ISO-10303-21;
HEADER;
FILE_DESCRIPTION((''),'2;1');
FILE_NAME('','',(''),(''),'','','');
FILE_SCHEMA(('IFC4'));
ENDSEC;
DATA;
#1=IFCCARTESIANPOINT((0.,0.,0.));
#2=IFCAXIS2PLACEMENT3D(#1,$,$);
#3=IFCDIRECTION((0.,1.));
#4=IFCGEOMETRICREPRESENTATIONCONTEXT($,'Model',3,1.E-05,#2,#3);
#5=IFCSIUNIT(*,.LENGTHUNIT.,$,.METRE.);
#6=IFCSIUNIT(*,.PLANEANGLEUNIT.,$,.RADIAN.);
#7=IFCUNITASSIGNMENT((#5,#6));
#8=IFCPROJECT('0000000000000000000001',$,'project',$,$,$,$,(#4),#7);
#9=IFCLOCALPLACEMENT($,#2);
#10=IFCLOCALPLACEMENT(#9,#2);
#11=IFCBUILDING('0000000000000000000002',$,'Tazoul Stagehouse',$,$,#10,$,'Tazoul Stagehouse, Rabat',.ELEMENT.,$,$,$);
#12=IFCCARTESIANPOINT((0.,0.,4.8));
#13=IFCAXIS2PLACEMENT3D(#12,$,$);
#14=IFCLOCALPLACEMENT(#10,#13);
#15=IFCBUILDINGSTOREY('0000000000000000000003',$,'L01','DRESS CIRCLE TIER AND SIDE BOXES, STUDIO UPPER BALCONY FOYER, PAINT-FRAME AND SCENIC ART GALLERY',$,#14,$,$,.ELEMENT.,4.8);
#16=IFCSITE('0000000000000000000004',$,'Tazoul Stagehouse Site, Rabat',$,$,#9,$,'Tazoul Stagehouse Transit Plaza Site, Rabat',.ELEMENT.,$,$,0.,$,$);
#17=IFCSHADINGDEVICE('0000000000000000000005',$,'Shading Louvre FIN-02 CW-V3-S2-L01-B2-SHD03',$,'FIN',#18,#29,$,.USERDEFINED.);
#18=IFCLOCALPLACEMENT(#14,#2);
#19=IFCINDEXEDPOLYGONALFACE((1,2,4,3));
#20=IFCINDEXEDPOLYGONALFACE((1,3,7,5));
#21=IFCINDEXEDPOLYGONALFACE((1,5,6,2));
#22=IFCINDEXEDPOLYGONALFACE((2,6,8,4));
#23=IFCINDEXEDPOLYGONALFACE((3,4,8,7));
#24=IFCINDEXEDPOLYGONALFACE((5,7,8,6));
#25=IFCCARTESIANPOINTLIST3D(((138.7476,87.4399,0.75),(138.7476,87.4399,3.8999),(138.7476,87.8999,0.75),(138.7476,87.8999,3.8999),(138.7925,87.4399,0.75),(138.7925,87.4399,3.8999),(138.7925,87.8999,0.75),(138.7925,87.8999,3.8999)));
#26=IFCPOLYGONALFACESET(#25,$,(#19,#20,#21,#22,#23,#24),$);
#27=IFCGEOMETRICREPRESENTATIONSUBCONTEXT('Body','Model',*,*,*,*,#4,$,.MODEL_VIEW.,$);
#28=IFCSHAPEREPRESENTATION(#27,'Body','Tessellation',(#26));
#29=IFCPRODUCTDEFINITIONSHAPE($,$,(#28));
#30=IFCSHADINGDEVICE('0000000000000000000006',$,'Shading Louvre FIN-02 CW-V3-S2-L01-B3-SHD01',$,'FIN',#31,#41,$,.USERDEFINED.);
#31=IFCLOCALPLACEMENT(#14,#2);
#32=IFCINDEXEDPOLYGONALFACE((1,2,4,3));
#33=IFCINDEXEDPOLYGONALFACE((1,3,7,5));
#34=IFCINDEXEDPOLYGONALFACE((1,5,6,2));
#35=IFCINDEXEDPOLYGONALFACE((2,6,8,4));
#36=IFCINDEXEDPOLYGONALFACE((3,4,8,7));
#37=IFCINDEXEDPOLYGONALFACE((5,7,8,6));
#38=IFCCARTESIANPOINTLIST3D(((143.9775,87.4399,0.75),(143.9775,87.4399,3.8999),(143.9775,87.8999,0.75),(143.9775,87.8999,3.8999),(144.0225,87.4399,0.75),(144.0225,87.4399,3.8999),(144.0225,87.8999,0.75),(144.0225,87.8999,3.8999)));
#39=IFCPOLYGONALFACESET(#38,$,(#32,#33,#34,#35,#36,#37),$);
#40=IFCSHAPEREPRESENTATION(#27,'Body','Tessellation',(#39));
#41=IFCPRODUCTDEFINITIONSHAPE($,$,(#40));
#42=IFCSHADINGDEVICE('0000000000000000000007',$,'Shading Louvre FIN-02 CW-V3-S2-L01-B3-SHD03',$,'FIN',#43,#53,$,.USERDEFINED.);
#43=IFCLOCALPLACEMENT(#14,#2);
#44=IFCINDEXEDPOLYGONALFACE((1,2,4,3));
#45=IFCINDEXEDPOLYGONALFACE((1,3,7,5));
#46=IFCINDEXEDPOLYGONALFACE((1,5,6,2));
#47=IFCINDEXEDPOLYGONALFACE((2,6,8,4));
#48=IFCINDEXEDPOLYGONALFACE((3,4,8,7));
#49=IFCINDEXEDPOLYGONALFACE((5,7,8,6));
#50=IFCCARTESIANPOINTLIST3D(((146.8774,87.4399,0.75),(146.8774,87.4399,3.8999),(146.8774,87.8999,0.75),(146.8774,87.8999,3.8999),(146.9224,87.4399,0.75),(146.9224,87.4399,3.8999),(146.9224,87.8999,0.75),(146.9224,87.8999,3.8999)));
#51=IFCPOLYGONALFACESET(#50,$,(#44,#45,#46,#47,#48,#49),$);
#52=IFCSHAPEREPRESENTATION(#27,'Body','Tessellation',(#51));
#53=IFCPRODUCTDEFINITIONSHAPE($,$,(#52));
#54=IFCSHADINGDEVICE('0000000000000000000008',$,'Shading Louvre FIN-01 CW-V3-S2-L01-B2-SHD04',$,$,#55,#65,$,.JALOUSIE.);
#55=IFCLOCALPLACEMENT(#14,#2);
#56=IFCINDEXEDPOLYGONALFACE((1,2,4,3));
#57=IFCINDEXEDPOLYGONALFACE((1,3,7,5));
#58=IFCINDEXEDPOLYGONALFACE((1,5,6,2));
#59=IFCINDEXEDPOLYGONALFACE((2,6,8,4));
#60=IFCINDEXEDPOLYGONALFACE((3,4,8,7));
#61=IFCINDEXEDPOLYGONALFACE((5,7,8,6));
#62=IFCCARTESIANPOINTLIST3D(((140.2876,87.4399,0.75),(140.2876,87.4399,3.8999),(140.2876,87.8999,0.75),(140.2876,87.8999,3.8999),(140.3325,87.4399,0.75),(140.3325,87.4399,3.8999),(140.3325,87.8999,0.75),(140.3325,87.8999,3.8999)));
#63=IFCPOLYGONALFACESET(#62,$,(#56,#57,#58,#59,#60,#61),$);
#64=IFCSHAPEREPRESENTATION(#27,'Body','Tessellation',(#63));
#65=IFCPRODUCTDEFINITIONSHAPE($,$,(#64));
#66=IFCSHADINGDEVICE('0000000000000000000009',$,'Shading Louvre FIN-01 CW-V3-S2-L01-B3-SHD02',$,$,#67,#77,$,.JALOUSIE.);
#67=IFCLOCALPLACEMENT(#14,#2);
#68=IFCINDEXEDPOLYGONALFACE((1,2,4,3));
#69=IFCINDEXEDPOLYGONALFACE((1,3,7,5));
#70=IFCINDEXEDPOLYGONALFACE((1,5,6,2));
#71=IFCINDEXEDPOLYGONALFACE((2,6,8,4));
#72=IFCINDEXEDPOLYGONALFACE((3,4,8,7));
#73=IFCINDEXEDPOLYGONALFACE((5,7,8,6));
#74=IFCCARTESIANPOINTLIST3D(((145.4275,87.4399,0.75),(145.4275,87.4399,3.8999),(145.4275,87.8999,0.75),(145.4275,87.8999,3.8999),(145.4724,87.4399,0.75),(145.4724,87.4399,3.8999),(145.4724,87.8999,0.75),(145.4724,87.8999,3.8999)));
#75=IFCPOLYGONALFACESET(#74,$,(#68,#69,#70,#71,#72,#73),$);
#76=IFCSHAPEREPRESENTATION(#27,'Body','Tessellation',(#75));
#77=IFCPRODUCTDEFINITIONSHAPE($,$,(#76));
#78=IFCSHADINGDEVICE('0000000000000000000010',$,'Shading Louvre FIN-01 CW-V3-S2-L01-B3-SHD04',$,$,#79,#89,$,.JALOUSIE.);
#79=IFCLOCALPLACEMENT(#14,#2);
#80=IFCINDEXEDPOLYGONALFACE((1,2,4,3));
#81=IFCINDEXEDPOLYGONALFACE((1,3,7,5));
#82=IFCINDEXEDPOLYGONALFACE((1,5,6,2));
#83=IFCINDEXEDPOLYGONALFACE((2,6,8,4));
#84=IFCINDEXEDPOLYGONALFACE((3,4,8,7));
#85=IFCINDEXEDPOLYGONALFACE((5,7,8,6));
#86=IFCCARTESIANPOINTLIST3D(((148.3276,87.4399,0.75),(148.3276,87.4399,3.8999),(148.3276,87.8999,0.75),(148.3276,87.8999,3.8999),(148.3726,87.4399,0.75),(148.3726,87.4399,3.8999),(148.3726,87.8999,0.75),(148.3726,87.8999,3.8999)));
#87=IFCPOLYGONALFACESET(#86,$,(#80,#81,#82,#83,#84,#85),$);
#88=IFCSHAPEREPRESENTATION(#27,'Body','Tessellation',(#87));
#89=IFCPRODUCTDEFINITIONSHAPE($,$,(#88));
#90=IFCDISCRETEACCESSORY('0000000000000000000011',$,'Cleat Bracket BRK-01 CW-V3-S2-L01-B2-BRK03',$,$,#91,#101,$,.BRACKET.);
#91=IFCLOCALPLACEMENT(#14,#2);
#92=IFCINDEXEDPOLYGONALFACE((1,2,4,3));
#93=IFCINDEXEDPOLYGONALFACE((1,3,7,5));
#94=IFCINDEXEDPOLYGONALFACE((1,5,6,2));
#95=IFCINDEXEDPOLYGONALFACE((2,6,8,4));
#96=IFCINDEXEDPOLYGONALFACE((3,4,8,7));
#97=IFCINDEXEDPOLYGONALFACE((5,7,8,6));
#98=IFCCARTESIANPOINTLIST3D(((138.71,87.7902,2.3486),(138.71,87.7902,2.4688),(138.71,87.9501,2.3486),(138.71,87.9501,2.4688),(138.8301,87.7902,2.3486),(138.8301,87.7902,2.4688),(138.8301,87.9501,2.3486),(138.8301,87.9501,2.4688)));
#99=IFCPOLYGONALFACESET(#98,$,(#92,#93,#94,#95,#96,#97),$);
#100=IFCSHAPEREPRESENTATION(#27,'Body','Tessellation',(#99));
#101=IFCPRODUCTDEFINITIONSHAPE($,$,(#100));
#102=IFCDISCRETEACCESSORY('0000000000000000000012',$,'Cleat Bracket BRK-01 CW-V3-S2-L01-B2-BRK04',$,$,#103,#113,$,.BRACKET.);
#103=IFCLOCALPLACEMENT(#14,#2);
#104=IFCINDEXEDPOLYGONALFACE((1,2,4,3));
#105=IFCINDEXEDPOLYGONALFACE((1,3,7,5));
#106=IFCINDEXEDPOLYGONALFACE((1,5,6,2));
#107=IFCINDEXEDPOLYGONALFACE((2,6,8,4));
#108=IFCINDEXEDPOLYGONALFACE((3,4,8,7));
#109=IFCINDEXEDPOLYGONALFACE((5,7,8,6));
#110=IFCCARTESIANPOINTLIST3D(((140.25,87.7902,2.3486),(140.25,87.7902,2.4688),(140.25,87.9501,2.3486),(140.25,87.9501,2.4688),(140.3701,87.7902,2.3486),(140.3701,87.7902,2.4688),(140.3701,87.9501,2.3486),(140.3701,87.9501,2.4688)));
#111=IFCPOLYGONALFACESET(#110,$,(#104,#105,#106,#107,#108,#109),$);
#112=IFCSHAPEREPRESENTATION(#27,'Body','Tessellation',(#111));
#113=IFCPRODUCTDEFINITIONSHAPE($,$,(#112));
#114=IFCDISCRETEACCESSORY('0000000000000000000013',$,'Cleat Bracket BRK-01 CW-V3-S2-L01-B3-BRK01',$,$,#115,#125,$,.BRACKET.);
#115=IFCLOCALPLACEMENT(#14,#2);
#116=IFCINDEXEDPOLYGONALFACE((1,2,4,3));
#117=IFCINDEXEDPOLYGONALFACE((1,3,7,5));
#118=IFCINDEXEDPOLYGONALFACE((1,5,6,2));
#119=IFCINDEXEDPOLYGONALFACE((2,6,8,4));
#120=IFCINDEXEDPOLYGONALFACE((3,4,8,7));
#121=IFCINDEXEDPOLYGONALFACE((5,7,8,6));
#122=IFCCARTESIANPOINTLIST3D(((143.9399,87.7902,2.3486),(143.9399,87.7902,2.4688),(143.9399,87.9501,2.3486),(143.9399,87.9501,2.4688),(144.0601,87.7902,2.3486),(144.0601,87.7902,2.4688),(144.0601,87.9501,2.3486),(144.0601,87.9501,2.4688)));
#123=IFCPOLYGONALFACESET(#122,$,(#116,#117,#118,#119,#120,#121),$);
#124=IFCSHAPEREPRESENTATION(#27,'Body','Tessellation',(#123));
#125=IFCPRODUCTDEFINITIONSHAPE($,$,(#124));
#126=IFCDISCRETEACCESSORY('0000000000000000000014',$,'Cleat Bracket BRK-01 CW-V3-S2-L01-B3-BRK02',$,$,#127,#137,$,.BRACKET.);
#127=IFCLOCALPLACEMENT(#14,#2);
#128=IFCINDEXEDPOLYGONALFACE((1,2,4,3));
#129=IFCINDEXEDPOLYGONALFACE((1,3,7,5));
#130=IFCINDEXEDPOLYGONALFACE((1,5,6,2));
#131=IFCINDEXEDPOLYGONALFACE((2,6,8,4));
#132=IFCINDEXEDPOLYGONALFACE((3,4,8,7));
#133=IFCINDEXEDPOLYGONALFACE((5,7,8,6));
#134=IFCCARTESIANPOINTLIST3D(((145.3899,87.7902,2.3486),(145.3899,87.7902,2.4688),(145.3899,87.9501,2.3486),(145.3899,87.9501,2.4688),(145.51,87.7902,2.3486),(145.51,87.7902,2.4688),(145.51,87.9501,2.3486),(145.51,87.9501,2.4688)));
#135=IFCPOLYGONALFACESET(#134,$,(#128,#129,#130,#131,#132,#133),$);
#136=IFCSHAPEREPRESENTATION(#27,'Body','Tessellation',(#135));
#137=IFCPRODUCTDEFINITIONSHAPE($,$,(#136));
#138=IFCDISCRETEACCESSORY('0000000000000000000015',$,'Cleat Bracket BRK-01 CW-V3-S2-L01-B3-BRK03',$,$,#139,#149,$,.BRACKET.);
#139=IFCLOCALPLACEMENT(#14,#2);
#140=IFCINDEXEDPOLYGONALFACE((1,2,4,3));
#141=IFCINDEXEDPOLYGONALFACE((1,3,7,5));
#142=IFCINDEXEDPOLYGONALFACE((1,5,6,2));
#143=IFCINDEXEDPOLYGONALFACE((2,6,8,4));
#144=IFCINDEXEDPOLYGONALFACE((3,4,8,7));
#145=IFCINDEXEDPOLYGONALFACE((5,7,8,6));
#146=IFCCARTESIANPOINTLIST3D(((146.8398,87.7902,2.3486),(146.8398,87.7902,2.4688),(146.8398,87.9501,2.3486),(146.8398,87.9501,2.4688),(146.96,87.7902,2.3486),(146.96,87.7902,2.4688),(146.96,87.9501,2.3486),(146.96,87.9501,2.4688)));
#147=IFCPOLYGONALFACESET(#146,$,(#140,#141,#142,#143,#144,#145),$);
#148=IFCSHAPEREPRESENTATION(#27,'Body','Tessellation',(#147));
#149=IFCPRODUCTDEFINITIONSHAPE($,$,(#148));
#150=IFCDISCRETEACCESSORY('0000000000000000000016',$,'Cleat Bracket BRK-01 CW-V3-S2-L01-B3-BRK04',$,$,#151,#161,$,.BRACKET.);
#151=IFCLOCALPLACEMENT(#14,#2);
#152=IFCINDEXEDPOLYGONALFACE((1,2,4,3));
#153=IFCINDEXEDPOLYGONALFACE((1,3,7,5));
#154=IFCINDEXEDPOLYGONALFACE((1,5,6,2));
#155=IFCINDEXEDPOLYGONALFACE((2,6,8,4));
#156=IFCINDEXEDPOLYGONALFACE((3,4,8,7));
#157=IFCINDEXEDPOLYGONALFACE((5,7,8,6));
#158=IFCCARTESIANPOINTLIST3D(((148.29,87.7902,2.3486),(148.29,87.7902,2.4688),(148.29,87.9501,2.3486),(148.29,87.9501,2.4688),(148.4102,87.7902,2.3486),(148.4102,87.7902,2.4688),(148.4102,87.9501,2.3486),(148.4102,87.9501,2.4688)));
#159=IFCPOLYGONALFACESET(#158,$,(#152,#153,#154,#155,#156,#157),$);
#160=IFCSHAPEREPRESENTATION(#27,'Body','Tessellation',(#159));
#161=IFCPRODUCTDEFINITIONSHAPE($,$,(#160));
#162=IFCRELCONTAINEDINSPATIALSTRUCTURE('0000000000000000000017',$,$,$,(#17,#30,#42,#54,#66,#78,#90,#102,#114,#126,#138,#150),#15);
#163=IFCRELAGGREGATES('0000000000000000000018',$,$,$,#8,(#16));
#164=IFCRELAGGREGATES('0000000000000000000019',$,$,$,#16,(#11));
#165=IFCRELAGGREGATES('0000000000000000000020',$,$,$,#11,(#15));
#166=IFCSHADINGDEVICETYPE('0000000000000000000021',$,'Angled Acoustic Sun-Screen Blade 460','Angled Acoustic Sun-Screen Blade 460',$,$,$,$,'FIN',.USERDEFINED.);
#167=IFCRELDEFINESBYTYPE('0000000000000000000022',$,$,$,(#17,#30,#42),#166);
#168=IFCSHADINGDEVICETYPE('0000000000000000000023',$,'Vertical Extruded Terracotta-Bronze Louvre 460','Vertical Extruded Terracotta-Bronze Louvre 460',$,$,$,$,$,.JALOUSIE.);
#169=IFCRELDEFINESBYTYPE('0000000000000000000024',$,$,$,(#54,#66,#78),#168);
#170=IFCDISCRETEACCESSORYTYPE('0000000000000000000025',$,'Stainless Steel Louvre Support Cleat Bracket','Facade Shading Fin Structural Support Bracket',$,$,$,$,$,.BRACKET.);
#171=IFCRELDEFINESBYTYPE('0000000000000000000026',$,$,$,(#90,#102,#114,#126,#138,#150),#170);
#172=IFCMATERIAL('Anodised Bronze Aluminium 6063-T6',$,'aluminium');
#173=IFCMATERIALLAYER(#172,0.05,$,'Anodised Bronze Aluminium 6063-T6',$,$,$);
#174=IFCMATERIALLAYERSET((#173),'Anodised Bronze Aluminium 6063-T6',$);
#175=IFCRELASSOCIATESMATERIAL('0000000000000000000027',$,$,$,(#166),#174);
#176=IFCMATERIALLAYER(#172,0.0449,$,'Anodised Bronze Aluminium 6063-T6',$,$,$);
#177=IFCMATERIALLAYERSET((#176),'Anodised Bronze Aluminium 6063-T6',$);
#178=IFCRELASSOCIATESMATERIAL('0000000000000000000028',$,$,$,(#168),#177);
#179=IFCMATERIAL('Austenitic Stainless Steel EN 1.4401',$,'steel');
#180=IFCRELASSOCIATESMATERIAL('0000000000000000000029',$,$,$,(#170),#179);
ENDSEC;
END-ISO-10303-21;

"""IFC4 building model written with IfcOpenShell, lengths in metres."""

from ifc_helpers import new_model, si_unit, direction, frame, origin, origin_2d, place, context, subcontext, project, spatial, rectangle, extrude, material, layer, layer_set, type_object, element, save


model = new_model("IFC4")

# Units and contexts
model_context = context("Model", 3, precision=1e-05, world=origin(), true_north=direction((0.0, 1.0)))
body_context = subcontext(model_context, "Body", "Model", "MODEL_VIEW")
ifc_project = project(units=[si_unit("LENGTHUNIT", "METRE"), si_unit("PLANEANGLEUNIT", "RADIAN")], contexts=[model_context])

# Site, building, storey
site_placement = place(None, origin())
site = spatial("IfcSite", under=ifc_project, at=site_placement, Name="Tazoul Stagehouse Site, Rabat", LongName="Tazoul Stagehouse Transit Plaza Site, Rabat", CompositionType="ELEMENT", RefElevation=0.0)
building_placement = place(site_placement, origin())
building = spatial("IfcBuilding", under=site, at=building_placement, Name="Tazoul Stagehouse", LongName="Tazoul Stagehouse, Rabat", CompositionType="ELEMENT")
storey_placement = place(building_placement, frame((0.0, 0.0, 4.8)))
storey = spatial("IfcBuildingStorey", under=building, at=storey_placement, Name="L01", Description="DRESS CIRCLE TIER AND SIDE BOXES, STUDIO UPPER BALCONY FOYER, PAINT-FRAME AND SCENIC ART GALLERY", CompositionType="ELEMENT", Elevation=4.8)

# Shared definitions
ifc_material_1 = material(Name="Anodised Bronze Aluminium 6063-T6", Category="aluminium")

# Shading devices
ifc_layer_1 = layer(ifc_material_1, 0.05, Name="Anodised Bronze Aluminium 6063-T6")
ifc_layer_set_1 = layer_set([ifc_layer_1], Name="Anodised Bronze Aluminium 6063-T6")
shading_device_type_1 = type_object("IfcShadingDeviceType", Name="Angled Acoustic Sun-Screen Blade 460", Description="Angled Acoustic Sun-Screen Blade 460", ElementType="FIN", PredefinedType="USERDEFINED", material=ifc_layer_set_1)
for number, where, z_axis, x_axis, name in (
    (1, (138.77, 87.6699, 0.75), (0.0, 0.0, 1.0), (1.0, 0.0, 0.0), "Shading Louvre FIN-02 CW-V3-S2-L01-B2-SHD03"),
    (2, (144.0, 87.6699, 0.75), (0.0, 0.0, 1.0), (1.0, 0.0, 0.0), "Shading Louvre FIN-02 CW-V3-S2-L01-B3-SHD01"),
    (3, (146.8999, 87.6699, 0.75), (0.0, 0.0, 1.0), (1.0, 0.0, 0.0), "Shading Louvre FIN-02 CW-V3-S2-L01-B3-SHD03"),
):
    element("IfcShadingDevice", number, at=place(storey_placement, frame(where, z_axis=z_axis, x_axis=x_axis)), inside=storey, type_object=shading_device_type_1, Name=name, ObjectType="FIN", PredefinedType="USERDEFINED", context=body_context, shape_type="SweptSolid", body=[
        extrude(rectangle(XDim=0.0449, YDim=0.46, at=origin_2d()), origin(), (0.0, 0.0, 1.0), 3.1499),
    ])
ifc_layer_2 = layer(ifc_material_1, 0.0449, Name="Anodised Bronze Aluminium 6063-T6")
ifc_layer_set_2 = layer_set([ifc_layer_2], Name="Anodised Bronze Aluminium 6063-T6")
shading_device_type_2 = type_object("IfcShadingDeviceType", Name="Vertical Extruded Terracotta-Bronze Louvre 460", Description="Vertical Extruded Terracotta-Bronze Louvre 460", PredefinedType="JALOUSIE", material=ifc_layer_set_2)
for number, where, z_axis, x_axis, name in (
    (4, (140.3101, 87.6699, 0.75), (0.0, 0.0, 1.0), (1.0, 0.0, 0.0), "Shading Louvre FIN-01 CW-V3-S2-L01-B2-SHD04"),
    (5, (145.45, 87.6699, 0.75), (0.0, 0.0, 1.0), (1.0, 0.0, 0.0), "Shading Louvre FIN-01 CW-V3-S2-L01-B3-SHD02"),
    (6, (148.3501, 87.6699, 0.75), (0.0, 0.0, 1.0), (1.0, 0.0, 0.0), "Shading Louvre FIN-01 CW-V3-S2-L01-B3-SHD04"),
):
    element("IfcShadingDevice", number, at=place(storey_placement, frame(where, z_axis=z_axis, x_axis=x_axis)), inside=storey, type_object=shading_device_type_2, Name=name, PredefinedType="JALOUSIE", context=body_context, shape_type="SweptSolid", body=[
        extrude(rectangle(XDim=0.0449, YDim=0.46, at=origin_2d()), origin(), (0.0, 0.0, 1.0), 3.1499),
    ])

# Discrete accessories
ifc_material_2 = material(Name="Austenitic Stainless Steel EN 1.4401", Category="steel")
discrete_accessory_type = type_object("IfcDiscreteAccessoryType", Name="Stainless Steel Louvre Support Cleat Bracket", Description="Facade Shading Fin Structural Support Bracket", PredefinedType="BRACKET", material=ifc_material_2)
for number, where, z_axis, x_axis, name in (
    (7, (138.77, 87.8701, 2.3486), (0.0, 0.0, 1.0), (1.0, 0.0, 0.0), "Cleat Bracket BRK-01 CW-V3-S2-L01-B2-BRK03"),
    (8, (140.3101, 87.8701, 2.3486), (0.0, 0.0, 1.0), (1.0, 0.0, 0.0), "Cleat Bracket BRK-01 CW-V3-S2-L01-B2-BRK04"),
    (9, (144.0, 87.8701, 2.3486), (0.0, 0.0, 1.0), (1.0, 0.0, 0.0), "Cleat Bracket BRK-01 CW-V3-S2-L01-B3-BRK01"),
    (10, (145.45, 87.8701, 2.3486), (0.0, 0.0, 1.0), (1.0, 0.0, 0.0), "Cleat Bracket BRK-01 CW-V3-S2-L01-B3-BRK02"),
    (11, (146.8999, 87.8701, 2.3486), (0.0, 0.0, 1.0), (1.0, 0.0, 0.0), "Cleat Bracket BRK-01 CW-V3-S2-L01-B3-BRK03"),
    (12, (148.3501, 87.8701, 2.3486), (0.0, 0.0, 1.0), (1.0, 0.0, 0.0), "Cleat Bracket BRK-01 CW-V3-S2-L01-B3-BRK04"),
):
    element("IfcDiscreteAccessory", number, at=place(storey_placement, frame(where, z_axis=z_axis, x_axis=x_axis)), inside=storey, type_object=discrete_accessory_type, Name=name, PredefinedType="BRACKET", context=body_context, shape_type="SweptSolid", body=[
        extrude(rectangle(XDim=0.1201, YDim=0.1599, at=origin_2d()), origin(), (0.0, 0.0, 1.0), 0.1201),
    ])

save(model, "model.ifc")
